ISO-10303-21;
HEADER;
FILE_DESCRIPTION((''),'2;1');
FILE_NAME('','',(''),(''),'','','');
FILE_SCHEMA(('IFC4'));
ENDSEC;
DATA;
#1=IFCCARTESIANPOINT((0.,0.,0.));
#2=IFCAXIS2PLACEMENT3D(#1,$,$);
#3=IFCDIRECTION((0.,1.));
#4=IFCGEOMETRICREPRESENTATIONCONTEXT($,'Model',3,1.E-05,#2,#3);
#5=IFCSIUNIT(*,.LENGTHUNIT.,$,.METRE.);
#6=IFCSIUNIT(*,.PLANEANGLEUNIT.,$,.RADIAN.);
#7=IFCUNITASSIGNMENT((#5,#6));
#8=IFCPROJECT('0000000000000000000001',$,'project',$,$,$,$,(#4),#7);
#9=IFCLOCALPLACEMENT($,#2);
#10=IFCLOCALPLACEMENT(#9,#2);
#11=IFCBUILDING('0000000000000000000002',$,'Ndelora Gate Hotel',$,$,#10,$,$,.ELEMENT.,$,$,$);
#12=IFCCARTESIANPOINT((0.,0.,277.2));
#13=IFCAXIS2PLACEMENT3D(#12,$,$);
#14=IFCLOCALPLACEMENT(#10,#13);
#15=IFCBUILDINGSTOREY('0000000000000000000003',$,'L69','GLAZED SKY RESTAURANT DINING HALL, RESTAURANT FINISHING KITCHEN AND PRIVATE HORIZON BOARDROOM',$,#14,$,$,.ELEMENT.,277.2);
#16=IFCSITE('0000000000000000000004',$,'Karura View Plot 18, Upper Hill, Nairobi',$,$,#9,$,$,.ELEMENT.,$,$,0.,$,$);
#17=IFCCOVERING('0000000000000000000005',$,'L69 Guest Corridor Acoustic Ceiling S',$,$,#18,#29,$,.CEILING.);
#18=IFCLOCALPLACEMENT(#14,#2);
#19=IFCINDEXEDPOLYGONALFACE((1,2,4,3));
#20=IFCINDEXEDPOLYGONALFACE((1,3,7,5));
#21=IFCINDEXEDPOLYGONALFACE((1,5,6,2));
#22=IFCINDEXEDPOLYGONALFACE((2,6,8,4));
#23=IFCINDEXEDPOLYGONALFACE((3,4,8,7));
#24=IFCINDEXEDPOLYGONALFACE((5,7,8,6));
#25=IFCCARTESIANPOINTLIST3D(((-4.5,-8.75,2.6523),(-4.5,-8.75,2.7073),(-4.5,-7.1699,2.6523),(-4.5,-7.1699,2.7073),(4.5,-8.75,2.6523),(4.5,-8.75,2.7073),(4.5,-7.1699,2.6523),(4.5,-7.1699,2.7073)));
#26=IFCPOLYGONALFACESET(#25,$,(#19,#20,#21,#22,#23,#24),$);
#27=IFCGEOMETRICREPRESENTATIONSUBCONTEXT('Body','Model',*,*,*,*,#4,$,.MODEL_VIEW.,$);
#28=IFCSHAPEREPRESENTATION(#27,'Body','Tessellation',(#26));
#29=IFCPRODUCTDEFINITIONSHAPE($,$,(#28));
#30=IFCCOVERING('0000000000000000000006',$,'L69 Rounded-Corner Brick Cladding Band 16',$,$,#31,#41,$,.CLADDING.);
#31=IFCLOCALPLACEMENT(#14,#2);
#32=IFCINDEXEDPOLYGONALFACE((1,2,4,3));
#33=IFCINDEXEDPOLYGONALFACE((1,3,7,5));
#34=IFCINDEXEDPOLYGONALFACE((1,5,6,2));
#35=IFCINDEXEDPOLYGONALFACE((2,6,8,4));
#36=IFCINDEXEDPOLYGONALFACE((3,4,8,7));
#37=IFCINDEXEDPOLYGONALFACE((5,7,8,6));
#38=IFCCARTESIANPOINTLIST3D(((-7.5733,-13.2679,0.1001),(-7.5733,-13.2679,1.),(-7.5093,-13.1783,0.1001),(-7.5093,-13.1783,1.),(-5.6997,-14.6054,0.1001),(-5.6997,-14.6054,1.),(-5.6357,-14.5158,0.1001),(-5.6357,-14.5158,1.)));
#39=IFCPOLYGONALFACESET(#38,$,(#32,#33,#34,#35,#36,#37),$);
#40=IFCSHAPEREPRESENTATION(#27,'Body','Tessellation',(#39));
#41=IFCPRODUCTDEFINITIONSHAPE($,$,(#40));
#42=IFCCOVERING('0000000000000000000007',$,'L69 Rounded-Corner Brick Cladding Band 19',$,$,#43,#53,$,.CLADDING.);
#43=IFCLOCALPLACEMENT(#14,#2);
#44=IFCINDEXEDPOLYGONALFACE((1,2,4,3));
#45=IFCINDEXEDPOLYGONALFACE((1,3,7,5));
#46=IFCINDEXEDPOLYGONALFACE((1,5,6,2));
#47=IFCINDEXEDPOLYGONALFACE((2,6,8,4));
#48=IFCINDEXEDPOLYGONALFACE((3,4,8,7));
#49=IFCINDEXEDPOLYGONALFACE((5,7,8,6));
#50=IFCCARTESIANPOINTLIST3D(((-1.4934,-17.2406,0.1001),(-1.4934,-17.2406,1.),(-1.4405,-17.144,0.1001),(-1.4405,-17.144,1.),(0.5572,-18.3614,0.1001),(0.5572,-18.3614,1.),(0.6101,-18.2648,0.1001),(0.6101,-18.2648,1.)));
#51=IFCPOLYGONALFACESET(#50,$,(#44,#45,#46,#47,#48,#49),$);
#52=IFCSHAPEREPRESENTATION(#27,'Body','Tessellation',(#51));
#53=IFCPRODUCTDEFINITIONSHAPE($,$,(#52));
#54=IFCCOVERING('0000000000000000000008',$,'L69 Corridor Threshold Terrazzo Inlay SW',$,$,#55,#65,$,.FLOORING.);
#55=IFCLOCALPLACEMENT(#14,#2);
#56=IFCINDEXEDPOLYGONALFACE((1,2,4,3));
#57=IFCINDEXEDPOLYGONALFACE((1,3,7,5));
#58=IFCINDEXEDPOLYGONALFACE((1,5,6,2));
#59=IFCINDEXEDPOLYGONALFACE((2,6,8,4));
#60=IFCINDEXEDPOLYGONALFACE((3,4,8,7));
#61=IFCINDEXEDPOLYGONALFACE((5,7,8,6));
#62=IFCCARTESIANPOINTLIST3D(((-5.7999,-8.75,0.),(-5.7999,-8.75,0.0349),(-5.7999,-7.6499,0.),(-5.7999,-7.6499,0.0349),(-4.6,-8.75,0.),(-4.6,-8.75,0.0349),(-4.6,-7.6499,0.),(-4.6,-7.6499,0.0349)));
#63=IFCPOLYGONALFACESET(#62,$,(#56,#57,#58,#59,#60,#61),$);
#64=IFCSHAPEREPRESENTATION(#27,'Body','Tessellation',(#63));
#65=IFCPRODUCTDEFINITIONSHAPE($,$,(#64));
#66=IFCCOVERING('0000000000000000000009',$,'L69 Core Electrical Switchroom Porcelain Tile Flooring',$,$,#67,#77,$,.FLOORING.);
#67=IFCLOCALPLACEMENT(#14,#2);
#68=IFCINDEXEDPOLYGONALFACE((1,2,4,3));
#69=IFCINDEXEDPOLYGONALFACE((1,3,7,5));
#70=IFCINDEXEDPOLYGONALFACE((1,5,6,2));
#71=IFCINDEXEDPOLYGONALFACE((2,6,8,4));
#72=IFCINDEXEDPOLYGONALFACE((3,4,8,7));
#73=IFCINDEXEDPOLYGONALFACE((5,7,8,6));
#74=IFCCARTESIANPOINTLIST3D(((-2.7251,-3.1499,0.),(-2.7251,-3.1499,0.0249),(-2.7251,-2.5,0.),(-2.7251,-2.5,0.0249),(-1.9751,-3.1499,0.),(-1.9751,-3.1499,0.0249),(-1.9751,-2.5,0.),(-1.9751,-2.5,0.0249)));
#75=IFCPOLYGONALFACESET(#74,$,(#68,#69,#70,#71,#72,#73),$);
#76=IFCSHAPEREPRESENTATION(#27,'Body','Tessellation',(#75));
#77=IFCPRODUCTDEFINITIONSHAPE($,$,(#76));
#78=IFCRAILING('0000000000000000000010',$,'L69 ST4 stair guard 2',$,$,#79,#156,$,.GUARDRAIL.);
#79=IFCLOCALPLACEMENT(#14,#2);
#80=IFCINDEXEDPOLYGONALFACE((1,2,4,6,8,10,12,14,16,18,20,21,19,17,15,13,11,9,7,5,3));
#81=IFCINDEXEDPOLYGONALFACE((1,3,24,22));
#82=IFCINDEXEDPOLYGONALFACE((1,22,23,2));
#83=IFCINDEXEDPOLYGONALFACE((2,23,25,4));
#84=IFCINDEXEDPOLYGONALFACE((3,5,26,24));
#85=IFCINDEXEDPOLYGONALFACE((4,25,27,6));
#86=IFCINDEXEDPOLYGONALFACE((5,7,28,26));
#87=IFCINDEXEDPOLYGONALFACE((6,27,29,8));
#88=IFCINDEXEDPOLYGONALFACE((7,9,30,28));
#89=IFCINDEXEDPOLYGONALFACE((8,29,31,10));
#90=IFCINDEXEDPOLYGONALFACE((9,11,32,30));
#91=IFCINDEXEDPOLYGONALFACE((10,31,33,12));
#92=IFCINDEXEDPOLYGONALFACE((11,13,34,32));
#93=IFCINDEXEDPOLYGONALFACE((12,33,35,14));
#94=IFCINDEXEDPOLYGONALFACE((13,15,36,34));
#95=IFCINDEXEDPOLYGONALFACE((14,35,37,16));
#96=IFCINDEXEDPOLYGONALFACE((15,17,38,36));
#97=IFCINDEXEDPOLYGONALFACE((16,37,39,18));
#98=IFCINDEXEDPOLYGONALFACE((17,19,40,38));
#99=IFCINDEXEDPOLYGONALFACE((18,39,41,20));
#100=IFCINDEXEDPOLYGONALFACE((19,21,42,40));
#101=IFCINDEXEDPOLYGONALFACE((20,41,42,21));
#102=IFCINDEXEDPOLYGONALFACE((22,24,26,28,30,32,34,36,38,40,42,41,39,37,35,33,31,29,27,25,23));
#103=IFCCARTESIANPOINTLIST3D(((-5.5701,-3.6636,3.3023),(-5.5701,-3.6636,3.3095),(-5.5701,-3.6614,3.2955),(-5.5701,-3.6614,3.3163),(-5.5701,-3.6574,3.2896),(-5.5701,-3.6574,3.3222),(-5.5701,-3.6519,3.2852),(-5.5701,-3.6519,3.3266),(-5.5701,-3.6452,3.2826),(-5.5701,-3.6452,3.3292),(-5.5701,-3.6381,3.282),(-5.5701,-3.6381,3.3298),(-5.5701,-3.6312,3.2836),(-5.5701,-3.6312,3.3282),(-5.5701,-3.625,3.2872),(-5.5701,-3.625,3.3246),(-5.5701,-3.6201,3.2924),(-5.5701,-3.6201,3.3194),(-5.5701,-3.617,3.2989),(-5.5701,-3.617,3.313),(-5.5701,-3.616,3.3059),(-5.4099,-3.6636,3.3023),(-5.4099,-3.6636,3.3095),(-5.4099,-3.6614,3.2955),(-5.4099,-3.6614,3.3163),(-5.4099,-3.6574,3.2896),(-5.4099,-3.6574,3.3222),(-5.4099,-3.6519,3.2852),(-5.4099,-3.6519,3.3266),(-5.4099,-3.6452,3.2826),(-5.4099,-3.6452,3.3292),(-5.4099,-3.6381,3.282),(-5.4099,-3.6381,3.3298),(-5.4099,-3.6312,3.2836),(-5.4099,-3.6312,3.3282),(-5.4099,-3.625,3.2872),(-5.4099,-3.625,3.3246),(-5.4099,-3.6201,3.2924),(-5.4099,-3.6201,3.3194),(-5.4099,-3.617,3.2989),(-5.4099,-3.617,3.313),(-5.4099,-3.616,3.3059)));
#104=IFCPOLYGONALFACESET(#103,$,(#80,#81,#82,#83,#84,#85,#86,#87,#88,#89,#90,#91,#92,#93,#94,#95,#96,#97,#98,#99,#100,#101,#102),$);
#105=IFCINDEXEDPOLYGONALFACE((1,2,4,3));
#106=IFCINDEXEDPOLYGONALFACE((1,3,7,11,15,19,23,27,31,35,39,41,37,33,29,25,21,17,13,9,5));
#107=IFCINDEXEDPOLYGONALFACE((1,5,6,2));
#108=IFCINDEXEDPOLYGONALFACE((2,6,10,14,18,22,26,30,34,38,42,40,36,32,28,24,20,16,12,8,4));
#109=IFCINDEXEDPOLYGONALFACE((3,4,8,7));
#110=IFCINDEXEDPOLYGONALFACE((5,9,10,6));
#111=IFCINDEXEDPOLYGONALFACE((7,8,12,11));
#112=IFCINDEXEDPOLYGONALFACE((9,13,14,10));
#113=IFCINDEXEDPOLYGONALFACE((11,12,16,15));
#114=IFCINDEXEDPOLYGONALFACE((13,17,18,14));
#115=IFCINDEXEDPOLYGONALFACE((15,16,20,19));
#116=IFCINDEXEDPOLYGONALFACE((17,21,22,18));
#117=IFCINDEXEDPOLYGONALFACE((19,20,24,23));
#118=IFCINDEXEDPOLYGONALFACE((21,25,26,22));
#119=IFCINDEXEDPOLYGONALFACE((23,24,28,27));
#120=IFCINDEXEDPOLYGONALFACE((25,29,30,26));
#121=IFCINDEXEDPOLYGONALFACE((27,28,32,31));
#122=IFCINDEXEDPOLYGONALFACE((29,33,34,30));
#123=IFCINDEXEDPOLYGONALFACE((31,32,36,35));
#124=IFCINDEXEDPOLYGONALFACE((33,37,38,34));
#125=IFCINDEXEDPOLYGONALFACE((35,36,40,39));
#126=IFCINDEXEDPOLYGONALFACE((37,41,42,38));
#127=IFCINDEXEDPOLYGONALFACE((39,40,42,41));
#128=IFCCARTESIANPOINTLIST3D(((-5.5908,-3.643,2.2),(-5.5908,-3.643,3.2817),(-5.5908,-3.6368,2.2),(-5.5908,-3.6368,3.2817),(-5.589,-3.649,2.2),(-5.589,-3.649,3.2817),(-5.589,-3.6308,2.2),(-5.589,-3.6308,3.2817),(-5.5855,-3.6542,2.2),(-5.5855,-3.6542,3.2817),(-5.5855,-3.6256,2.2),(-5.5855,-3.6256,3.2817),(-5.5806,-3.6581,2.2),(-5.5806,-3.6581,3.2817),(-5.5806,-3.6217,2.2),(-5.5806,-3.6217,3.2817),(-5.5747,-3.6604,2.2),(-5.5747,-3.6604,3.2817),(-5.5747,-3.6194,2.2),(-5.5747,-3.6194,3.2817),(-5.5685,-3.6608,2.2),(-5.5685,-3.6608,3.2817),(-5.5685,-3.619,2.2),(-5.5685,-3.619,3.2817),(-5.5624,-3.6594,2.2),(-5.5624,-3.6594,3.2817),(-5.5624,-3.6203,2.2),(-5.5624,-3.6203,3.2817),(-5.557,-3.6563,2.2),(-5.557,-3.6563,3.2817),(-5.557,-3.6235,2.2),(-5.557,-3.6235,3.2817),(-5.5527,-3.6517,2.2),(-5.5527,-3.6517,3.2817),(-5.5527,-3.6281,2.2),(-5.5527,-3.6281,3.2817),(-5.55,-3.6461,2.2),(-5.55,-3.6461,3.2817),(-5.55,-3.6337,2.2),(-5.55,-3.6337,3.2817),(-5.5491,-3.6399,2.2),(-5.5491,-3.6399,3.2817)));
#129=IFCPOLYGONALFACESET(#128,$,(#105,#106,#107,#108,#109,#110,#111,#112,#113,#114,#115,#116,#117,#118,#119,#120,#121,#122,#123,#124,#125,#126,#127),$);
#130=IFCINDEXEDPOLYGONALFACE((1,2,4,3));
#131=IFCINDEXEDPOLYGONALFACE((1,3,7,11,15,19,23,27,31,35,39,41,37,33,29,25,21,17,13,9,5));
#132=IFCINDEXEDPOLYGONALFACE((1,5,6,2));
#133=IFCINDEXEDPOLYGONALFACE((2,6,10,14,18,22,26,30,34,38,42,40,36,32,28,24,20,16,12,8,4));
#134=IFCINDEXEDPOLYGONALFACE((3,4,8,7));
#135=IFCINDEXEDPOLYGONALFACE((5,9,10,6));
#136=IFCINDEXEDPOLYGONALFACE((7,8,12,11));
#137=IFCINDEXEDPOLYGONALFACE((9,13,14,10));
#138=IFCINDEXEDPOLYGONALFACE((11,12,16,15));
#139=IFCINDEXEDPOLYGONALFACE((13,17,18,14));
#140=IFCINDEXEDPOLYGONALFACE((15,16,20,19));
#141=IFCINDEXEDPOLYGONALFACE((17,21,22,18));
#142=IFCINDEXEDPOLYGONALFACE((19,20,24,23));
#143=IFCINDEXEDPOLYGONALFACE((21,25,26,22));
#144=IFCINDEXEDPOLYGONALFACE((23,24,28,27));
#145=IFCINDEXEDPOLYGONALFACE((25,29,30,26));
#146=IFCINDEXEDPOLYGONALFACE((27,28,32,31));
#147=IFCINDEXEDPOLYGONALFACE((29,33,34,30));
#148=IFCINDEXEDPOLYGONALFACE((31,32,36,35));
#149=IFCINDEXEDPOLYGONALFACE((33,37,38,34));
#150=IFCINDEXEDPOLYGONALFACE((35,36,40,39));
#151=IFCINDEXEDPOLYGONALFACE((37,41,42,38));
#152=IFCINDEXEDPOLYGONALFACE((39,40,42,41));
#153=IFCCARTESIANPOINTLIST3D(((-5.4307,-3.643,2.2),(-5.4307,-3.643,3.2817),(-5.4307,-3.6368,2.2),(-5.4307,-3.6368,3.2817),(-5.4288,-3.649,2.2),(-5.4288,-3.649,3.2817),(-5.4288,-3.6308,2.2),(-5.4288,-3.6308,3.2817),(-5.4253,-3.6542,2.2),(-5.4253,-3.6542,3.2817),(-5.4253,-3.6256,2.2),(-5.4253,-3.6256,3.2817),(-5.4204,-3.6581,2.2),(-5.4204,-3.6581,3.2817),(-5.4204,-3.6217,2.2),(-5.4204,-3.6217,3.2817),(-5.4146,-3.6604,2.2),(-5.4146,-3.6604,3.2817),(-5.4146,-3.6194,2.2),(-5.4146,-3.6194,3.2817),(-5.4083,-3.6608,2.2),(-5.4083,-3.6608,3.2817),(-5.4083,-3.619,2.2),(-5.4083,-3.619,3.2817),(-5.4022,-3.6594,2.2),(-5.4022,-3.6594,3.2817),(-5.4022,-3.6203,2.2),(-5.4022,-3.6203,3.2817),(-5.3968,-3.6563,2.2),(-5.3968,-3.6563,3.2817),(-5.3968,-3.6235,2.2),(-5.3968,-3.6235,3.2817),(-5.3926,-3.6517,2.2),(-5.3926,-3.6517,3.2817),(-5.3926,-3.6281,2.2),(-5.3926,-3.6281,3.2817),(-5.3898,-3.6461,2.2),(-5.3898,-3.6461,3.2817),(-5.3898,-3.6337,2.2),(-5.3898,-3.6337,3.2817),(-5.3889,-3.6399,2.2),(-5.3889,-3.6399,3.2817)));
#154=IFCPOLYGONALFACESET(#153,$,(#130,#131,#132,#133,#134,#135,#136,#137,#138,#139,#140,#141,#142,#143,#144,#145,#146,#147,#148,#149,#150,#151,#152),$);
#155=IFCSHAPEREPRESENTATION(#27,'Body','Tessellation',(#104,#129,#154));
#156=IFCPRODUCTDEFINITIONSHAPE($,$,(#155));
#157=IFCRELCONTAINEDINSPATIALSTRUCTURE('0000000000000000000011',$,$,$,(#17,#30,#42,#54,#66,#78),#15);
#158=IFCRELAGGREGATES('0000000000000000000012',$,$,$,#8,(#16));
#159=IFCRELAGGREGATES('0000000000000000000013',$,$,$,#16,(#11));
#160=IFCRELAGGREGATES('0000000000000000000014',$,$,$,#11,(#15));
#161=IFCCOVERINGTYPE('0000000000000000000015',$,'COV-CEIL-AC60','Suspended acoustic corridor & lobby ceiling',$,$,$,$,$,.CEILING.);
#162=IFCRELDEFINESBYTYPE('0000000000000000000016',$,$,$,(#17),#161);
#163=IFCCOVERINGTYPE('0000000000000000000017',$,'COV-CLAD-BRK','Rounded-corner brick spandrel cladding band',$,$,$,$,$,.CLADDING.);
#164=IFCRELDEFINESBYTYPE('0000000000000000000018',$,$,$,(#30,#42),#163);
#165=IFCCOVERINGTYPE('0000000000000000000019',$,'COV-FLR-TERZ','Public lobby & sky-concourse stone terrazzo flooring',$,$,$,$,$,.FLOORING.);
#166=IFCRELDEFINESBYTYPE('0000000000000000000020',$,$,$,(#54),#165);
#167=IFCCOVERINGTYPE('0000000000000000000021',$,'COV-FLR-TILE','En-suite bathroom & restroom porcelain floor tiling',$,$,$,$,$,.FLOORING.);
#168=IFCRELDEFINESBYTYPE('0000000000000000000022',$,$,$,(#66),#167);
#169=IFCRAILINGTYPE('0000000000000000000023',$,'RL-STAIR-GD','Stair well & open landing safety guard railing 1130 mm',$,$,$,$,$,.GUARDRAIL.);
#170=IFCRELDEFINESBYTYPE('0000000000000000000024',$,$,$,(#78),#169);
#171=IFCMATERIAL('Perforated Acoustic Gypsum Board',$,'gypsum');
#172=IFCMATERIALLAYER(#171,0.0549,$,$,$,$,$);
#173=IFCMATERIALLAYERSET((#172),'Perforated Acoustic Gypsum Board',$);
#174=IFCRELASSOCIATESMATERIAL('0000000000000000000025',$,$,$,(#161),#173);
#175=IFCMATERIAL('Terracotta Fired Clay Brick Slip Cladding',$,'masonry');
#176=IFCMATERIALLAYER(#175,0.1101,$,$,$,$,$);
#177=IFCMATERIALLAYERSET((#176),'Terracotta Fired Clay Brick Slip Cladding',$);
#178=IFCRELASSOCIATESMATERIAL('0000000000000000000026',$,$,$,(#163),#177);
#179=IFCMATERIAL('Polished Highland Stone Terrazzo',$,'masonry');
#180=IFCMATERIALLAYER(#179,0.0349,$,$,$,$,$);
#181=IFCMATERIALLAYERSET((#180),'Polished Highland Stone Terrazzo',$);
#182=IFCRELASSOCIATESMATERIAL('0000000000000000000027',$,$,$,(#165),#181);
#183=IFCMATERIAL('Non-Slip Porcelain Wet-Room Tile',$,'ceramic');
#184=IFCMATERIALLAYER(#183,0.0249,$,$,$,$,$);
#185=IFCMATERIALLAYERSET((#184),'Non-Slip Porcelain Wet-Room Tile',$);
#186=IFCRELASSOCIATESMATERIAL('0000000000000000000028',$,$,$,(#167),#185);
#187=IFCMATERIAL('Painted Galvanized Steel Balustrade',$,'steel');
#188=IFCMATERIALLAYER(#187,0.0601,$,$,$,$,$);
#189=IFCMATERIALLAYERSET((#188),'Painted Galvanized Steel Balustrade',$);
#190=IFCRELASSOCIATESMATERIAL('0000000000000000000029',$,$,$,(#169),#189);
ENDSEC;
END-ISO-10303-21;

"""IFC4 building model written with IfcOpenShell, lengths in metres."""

from ifc_helpers import new_model, si_unit, direction, frame, origin, origin_2d, place, context, subcontext, project, spatial, rectangle, circle, extrude, material, layer, layer_set, type_object, element, save


model = new_model("IFC4")

# Units and contexts
model_context = context("Model", 3, precision=1e-05, world=origin(), true_north=direction((0.0, 1.0)))
body_context = subcontext(model_context, "Body", "Model", "MODEL_VIEW")
ifc_project = project(units=[si_unit("LENGTHUNIT", "METRE"), si_unit("PLANEANGLEUNIT", "RADIAN")], contexts=[model_context])

# Site, building, storey
site_placement = place(None, origin())
site = spatial("IfcSite", under=ifc_project, at=site_placement, Name="Karura View Plot 18, Upper Hill, Nairobi", CompositionType="ELEMENT", RefElevation=0.0)
building_placement = place(site_placement, origin())
building = spatial("IfcBuilding", under=site, at=building_placement, Name="Ndelora Gate Hotel", CompositionType="ELEMENT")
storey_placement = place(building_placement, frame((0.0, 0.0, 277.2)))
storey = spatial("IfcBuildingStorey", under=building, at=storey_placement, Name="L69", Description="GLAZED SKY RESTAURANT DINING HALL, RESTAURANT FINISHING KITCHEN AND PRIVATE HORIZON BOARDROOM", CompositionType="ELEMENT", Elevation=277.2)

# Coverings
ifc_material_1 = material(Name="Perforated Acoustic Gypsum Board", Category="gypsum")
ifc_layer_1 = layer(ifc_material_1, 0.0549)
ifc_layer_set_1 = layer_set([ifc_layer_1], Name="Perforated Acoustic Gypsum Board")
covering_type_1 = type_object("IfcCoveringType", Name="COV-CEIL-AC60", Description="Suspended acoustic corridor & lobby ceiling", PredefinedType="CEILING", material=ifc_layer_set_1)
covering_1_placement = place(storey_placement, frame((0.0, -7.96, 2.6523), z_axis=(0.0, 0.0, 1.0), x_axis=(1.0, 0.0, 0.0)))
element("IfcCovering", 1, at=covering_1_placement, inside=storey, type_object=covering_type_1, Name="L69 Guest Corridor Acoustic Ceiling S", PredefinedType="CEILING", context=body_context, shape_type="SweptSolid", body=[
    extrude(rectangle(XDim=9.0, YDim=1.5801, at=origin_2d()), origin(), (0.0, 0.0, 1.0), 0.0549),
])
ifc_material_2 = material(Name="Terracotta Fired Clay Brick Slip Cladding", Category="masonry")
ifc_layer_2 = layer(ifc_material_2, 0.1101)
ifc_layer_set_2 = layer_set([ifc_layer_2], Name="Terracotta Fired Clay Brick Slip Cladding")
covering_type_2 = type_object("IfcCoveringType", Name="COV-CLAD-BRK", Description="Rounded-corner brick spandrel cladding band", PredefinedType="CLADDING", material=ifc_layer_set_2)
covering_2_placement = place(storey_placement, frame((-6.6045, -13.8918, 0.1001), z_axis=(0.0, 0.0, 1.0), x_axis=(-0.813913, 0.580987, 0.0)))
element("IfcCovering", 2, at=covering_2_placement, inside=storey, type_object=covering_type_2, Name="L69 Rounded-Corner Brick Cladding Band 16", PredefinedType="CLADDING", context=body_context, shape_type="SweptSolid", body=[
    extrude(rectangle(XDim=2.302, YDim=0.1101, at=origin_2d()), origin(), (0.0, 0.0, 1.0), 0.8999),
])
covering_3_placement = place(storey_placement, frame((-0.4417, -17.7527, 0.1001), z_axis=(0.0, 0.0, 1.0), x_axis=(-0.877481, 0.479611, 0.0)))
element("IfcCovering", 3, at=covering_3_placement, inside=storey, type_object=covering_type_2, Name="L69 Rounded-Corner Brick Cladding Band 19", PredefinedType="CLADDING", context=body_context, shape_type="SweptSolid", body=[
    extrude(rectangle(XDim=2.3369, YDim=0.1101, at=origin_2d()), origin(), (0.0, 0.0, 1.0), 0.8999),
])
ifc_material_3 = material(Name="Polished Highland Stone Terrazzo", Category="masonry")
ifc_layer_3 = layer(ifc_material_3, 0.0349)
ifc_layer_set_3 = layer_set([ifc_layer_3], Name="Polished Highland Stone Terrazzo")
covering_type_3 = type_object("IfcCoveringType", Name="COV-FLR-TERZ", Description="Public lobby & sky-concourse stone terrazzo flooring", PredefinedType="FLOORING", material=ifc_layer_set_3)
covering_4_placement = place(storey_placement, frame((-5.2, -8.2, 0.0), z_axis=(0.0, 0.0, 1.0), x_axis=(1.0, 0.0, 0.0)))
element("IfcCovering", 4, at=covering_4_placement, inside=storey, type_object=covering_type_3, Name="L69 Corridor Threshold Terrazzo Inlay SW", PredefinedType="FLOORING", context=body_context, shape_type="SweptSolid", body=[
    extrude(rectangle(XDim=1.2, YDim=1.1001, at=origin_2d()), origin(), (0.0, 0.0, 1.0), 0.0349),
])
ifc_material_4 = material(Name="Non-Slip Porcelain Wet-Room Tile", Category="ceramic")
ifc_layer_4 = layer(ifc_material_4, 0.0249)
ifc_layer_set_4 = layer_set([ifc_layer_4], Name="Non-Slip Porcelain Wet-Room Tile")
covering_type_4 = type_object("IfcCoveringType", Name="COV-FLR-TILE", Description="En-suite bathroom & restroom porcelain floor tiling", PredefinedType="FLOORING", material=ifc_layer_set_4)
covering_5_placement = place(storey_placement, frame((-2.3501, -2.825, 0.0), z_axis=(0.0, 0.0, 1.0), x_axis=(1.0, 0.0, 0.0)))
element("IfcCovering", 5, at=covering_5_placement, inside=storey, type_object=covering_type_4, Name="L69 Core Electrical Switchroom Porcelain Tile Flooring", PredefinedType="FLOORING", context=body_context, shape_type="SweptSolid", body=[
    extrude(rectangle(XDim=0.75, YDim=0.6499, at=origin_2d()), origin(), (0.0, 0.0, 1.0), 0.0249),
])

# Railing
ifc_material_5 = material(Name="Painted Galvanized Steel Balustrade", Category="steel")
ifc_layer_5 = layer(ifc_material_5, 0.0601)
ifc_layer_set_5 = layer_set([ifc_layer_5], Name="Painted Galvanized Steel Balustrade")
railing_type_1 = type_object("IfcRailingType", Name="RL-STAIR-GD", Description="Stair well & open landing safety guard railing 1130 mm", PredefinedType="GUARDRAIL", material=ifc_layer_set_5)
railing_1_placement = place(storey_placement, frame((-5.5701, -3.6399, 2.2)))
element("IfcRailing", 6, at=railing_1_placement, inside=storey, type_object=railing_type_1, Name="L69 ST4 stair guard 2", PredefinedType="GUARDRAIL", context=body_context, shape_type="SweptSolid", body=[
    extrude(circle(Radius=0.0239, at=origin_2d()), frame((0.0, 0.0, 1.106), z_axis=(1.0, 0.0, 0.0), x_axis=(0.0, 1.0, 0.0)), (0.0, 0.0, 1.0), 0.1602),
    extrude(circle(Radius=0.021, at=origin_2d()), origin(), (0.0, 0.0, 1.0), 1.0818),
    extrude(circle(Radius=0.021, at=origin_2d()), frame((0.1602, 0.0, 0.0)), (0.0, 0.0, 1.0), 1.0818),
])

save(model, "model.ifc")
